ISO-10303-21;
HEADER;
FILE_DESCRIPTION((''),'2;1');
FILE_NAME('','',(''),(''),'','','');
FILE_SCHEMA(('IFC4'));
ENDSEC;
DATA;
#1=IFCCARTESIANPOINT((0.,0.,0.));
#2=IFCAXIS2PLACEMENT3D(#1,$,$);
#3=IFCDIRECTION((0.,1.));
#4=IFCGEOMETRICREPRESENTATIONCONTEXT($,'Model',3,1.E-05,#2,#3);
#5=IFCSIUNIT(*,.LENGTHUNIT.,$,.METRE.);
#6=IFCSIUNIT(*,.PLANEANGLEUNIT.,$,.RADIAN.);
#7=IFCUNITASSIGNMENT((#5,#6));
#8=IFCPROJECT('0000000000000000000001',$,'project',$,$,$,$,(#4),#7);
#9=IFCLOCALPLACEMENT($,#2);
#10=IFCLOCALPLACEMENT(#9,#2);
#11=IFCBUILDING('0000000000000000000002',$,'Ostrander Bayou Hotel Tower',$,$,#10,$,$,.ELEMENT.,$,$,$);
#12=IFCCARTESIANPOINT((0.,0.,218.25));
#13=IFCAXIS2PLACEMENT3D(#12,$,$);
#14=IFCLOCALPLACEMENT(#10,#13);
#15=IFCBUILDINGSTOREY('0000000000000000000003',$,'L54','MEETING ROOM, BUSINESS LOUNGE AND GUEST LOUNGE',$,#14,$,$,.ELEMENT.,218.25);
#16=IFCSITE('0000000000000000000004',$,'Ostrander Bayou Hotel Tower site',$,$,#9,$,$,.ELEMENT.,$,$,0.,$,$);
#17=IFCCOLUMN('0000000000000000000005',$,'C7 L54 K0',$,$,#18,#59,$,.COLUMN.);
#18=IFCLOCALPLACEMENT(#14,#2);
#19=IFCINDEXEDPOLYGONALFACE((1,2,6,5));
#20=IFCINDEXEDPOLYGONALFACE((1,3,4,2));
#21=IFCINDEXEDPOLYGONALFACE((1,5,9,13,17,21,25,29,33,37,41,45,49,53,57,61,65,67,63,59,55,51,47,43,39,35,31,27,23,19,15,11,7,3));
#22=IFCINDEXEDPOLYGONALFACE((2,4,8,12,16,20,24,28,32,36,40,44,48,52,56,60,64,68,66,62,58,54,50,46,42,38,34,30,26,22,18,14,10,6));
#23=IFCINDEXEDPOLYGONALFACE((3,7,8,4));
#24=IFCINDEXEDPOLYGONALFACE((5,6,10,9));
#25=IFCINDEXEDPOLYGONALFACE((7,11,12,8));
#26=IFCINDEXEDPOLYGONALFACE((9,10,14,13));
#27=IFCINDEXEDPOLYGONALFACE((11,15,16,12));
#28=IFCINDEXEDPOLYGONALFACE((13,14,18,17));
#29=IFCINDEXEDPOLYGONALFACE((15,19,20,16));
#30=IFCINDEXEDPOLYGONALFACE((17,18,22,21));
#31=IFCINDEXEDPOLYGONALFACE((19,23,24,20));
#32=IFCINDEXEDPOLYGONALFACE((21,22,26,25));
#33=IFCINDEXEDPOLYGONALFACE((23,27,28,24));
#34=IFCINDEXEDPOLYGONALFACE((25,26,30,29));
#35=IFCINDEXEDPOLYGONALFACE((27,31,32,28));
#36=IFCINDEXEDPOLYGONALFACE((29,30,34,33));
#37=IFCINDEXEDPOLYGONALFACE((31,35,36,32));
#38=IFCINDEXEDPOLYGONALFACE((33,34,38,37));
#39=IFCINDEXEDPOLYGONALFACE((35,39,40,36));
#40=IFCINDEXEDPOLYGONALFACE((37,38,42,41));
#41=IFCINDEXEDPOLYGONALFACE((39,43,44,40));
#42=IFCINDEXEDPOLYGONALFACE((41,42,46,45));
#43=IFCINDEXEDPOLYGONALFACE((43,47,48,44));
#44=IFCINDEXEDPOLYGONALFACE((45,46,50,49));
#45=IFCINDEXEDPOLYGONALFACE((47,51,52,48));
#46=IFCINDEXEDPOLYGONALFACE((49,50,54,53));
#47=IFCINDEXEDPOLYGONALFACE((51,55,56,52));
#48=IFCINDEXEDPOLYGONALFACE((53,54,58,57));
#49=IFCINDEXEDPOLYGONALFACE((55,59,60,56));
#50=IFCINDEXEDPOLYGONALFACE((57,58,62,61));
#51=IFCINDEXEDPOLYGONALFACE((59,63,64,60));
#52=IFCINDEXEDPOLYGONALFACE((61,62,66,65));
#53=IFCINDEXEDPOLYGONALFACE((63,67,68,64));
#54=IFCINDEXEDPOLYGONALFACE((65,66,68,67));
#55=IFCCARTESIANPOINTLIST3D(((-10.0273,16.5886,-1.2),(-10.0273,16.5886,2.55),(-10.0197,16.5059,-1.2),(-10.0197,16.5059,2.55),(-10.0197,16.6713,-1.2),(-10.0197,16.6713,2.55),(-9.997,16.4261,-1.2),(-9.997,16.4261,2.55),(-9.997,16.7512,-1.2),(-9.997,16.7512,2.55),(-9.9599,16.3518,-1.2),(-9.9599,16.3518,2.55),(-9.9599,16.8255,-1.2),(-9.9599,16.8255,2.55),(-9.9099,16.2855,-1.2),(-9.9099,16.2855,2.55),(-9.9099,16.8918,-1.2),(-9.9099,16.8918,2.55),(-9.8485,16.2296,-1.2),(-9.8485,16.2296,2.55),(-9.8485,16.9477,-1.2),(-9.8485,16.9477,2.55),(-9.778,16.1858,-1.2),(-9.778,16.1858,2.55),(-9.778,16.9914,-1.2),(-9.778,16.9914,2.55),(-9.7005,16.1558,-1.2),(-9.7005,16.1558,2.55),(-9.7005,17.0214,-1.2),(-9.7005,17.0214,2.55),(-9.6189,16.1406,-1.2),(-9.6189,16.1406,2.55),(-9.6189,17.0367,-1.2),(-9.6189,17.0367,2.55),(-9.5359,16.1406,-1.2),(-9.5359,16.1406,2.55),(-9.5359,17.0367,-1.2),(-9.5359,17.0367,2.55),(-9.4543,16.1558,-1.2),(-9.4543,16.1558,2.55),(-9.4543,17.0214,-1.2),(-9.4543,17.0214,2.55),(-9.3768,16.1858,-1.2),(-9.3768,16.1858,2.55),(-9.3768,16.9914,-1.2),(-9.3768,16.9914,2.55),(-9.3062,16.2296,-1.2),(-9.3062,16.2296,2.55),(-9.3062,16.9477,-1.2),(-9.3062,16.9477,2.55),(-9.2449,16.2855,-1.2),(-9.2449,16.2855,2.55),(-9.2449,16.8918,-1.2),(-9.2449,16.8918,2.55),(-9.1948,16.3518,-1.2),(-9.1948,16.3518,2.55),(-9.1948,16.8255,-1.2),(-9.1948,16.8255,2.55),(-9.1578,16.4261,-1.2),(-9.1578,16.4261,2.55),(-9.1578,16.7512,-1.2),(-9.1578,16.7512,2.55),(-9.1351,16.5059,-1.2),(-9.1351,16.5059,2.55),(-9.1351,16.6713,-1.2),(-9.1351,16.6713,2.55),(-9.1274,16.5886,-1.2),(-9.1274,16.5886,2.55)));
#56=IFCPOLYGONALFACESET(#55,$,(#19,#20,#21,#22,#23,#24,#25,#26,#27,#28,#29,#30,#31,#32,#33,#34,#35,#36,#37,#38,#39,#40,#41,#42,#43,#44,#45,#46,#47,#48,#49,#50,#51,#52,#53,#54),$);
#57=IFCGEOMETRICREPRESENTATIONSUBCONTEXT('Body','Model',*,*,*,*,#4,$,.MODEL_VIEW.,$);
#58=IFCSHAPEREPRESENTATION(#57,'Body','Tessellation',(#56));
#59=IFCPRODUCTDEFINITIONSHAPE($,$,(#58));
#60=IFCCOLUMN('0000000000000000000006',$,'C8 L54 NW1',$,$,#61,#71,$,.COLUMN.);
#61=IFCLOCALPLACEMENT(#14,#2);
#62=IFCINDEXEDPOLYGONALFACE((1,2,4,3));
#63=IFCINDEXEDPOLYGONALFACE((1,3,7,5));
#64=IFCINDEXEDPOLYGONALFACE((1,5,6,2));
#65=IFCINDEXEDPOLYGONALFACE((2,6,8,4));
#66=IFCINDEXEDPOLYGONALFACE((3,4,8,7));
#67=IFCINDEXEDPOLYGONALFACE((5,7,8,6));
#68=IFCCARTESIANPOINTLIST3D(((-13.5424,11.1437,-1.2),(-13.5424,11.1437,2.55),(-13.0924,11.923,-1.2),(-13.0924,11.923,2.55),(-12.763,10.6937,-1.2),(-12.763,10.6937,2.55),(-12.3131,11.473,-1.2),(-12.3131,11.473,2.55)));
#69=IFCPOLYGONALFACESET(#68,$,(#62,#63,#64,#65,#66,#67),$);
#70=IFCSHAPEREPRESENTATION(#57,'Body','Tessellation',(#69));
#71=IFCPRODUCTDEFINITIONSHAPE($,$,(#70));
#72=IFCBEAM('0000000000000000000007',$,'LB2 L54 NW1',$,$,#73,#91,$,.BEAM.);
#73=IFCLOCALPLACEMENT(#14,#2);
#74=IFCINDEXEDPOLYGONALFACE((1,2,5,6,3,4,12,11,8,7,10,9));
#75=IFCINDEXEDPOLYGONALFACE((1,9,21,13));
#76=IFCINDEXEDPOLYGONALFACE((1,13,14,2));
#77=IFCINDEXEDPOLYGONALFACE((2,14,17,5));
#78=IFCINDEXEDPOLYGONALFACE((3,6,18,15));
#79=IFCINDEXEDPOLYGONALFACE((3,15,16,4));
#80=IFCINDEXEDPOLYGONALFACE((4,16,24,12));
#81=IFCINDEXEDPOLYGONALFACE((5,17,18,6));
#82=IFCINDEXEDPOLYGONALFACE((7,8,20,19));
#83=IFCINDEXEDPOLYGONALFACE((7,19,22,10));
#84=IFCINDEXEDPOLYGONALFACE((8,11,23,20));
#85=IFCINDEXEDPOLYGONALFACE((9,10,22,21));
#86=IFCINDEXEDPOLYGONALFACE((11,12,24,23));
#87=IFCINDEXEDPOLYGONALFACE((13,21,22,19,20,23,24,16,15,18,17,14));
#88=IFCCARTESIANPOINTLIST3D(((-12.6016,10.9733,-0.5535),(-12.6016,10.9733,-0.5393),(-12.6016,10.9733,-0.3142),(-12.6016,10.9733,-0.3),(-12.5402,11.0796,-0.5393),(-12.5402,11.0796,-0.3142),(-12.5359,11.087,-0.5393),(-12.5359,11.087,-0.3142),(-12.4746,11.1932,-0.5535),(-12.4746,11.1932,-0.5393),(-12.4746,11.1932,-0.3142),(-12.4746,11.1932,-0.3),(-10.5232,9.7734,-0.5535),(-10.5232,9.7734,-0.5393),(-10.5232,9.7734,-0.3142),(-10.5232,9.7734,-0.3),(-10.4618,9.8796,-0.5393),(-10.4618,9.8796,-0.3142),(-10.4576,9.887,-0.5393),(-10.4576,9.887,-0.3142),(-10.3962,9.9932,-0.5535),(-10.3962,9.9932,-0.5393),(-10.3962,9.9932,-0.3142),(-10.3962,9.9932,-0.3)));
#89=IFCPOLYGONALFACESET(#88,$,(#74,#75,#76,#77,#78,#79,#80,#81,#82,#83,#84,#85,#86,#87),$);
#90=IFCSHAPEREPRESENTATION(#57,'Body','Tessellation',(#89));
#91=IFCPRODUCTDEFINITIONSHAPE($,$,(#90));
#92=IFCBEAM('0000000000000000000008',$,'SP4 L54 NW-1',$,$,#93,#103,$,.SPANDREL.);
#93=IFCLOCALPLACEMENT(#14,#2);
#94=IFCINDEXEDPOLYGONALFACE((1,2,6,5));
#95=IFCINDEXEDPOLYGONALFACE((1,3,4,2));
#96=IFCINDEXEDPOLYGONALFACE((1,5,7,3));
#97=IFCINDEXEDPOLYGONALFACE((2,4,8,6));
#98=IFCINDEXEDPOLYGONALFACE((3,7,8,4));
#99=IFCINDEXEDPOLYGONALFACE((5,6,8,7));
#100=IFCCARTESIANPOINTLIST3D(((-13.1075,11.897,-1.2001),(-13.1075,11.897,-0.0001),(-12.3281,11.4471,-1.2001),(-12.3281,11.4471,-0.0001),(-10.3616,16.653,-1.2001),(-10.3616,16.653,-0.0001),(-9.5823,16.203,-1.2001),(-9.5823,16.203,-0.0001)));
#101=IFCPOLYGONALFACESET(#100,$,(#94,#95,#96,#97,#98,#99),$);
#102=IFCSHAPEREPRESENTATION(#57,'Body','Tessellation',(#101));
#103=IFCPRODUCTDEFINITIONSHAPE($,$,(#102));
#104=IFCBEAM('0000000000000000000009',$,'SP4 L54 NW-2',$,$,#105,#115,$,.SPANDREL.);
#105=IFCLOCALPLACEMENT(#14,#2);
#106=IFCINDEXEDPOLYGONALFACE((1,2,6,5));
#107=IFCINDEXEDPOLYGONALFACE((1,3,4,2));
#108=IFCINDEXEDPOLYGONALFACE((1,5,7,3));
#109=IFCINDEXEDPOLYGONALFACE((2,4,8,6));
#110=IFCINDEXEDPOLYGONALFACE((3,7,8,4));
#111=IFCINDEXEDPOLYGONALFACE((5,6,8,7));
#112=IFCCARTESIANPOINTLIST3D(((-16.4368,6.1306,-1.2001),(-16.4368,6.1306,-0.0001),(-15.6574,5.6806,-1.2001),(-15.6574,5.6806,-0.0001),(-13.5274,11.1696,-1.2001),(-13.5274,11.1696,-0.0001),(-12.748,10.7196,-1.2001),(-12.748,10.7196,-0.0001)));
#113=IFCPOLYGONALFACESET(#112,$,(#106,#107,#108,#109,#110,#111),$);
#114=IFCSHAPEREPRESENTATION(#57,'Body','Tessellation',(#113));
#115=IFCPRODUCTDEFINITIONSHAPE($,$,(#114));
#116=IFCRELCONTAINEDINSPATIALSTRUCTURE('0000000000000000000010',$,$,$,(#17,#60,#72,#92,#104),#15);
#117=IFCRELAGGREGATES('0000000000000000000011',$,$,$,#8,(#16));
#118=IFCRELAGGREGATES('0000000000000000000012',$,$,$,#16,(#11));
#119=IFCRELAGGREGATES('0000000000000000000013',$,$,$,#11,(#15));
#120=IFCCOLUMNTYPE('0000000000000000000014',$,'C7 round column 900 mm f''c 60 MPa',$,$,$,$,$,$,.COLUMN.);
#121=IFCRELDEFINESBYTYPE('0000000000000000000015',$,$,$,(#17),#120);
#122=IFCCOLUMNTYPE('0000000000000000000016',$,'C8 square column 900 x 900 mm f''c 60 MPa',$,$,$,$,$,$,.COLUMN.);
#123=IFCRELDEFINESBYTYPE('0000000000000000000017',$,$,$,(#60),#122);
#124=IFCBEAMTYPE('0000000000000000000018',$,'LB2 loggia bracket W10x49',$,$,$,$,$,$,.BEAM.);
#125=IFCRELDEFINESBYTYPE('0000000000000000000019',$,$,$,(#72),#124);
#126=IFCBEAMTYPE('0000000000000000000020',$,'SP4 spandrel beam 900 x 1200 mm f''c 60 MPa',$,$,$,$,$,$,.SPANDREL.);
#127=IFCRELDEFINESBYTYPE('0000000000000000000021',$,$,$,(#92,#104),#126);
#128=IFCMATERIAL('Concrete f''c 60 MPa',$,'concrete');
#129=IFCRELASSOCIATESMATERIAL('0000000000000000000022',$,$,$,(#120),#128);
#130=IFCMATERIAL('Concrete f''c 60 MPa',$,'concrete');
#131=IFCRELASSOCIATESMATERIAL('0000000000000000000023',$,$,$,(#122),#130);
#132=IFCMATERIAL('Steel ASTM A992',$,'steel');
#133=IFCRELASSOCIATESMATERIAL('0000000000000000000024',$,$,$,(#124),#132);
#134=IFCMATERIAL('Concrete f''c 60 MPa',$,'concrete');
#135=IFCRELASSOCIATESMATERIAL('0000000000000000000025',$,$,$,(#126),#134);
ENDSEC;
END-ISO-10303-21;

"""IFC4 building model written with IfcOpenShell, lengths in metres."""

from ifc_helpers import new_model, si_unit, direction, frame, origin, origin_2d, place, context, subcontext, project, spatial, rectangle, circle, i_section, extrude, material, material_profile, profile_set, type_object, element, save


model = new_model("IFC4")

# Units and contexts
model_context = context("Model", 3, precision=1e-05, world=origin(), true_north=direction((0.0, 1.0)))
body_context = subcontext(model_context, "Body", "Model", "MODEL_VIEW")
ifc_project = project(units=[si_unit("LENGTHUNIT", "METRE"), si_unit("PLANEANGLEUNIT", "RADIAN")], contexts=[model_context])

# Site, building, storey
site_placement = place(None, origin())
site = spatial("IfcSite", under=ifc_project, at=site_placement, Name="Ostrander Bayou Hotel Tower site", CompositionType="ELEMENT", RefElevation=0.0)
building_placement = place(site_placement, origin())
building = spatial("IfcBuilding", under=site, at=building_placement, Name="Ostrander Bayou Hotel Tower", CompositionType="ELEMENT")
storey_placement = place(building_placement, frame((0.0, 0.0, 218.25)))
storey = spatial("IfcBuildingStorey", under=building, at=storey_placement, Name="L54", Description="MEETING ROOM, BUSINESS LOUNGE AND GUEST LOUNGE", CompositionType="ELEMENT", Elevation=218.25)

# Columns
ifc_material_1 = material(Name="Concrete f'c 60 MPa", Category="concrete")
ifc_material_profile_1 = material_profile(ifc_material_1, circle(Radius=0.45, at=origin_2d()))
ifc_profile_set_1 = profile_set([ifc_material_profile_1], Name="Concrete f'c 60 MPa")
column_type_1 = type_object("IfcColumnType", Name="C7 round column 900 mm f'c 60 MPa", PredefinedType="COLUMN", material=ifc_profile_set_1)
column_1_placement = place(storey_placement, frame((-9.5774, 16.5886, -1.2), z_axis=(0.0, 0.0, 1.0), x_axis=(1.0, 0.0, 0.0)))
element("IfcColumn", 1, at=column_1_placement, inside=storey, type_object=column_type_1, Name="C7 L54 K0", PredefinedType="COLUMN", context=body_context, shape_type="SweptSolid", body=[
    extrude(circle(Radius=0.45, at=origin_2d()), origin(), (0.0, 0.0, 1.0), 3.75),
])
ifc_material_2 = material(Name="Concrete f'c 60 MPa", Category="concrete")
ifc_material_profile_2 = material_profile(ifc_material_2, rectangle(XDim=0.8999, YDim=0.8999, at=origin_2d()))
ifc_profile_set_2 = profile_set([ifc_material_profile_2], Name="Concrete f'c 60 MPa")
column_type_2 = type_object("IfcColumnType", Name="C8 square column 900 x 900 mm f'c 60 MPa", PredefinedType="COLUMN", material=ifc_profile_set_2)
column_2_placement = place(storey_placement, frame((-12.9277, 11.3083, -1.2), z_axis=(0.0, 0.0, 1.0), x_axis=(0.5, 0.866025, 0.0)))
element("IfcColumn", 2, at=column_2_placement, inside=storey, type_object=column_type_2, Name="C8 L54 NW1", PredefinedType="COLUMN", context=body_context, shape_type="SweptSolid", body=[
    extrude(rectangle(XDim=0.8999, YDim=0.8999, at=origin_2d()), origin(), (0.0, 0.0, 1.0), 3.75),
])

# Beams
ifc_material_3 = material(Name="Steel ASTM A992", Category="steel")
ifc_material_profile_3 = material_profile(ifc_material_3, i_section(OverallWidth=0.2539, OverallDepth=0.2534, WebThickness=0.0085, FlangeThickness=0.0142, at=origin_2d()))
ifc_profile_set_3 = profile_set([ifc_material_profile_3], Name="Steel ASTM A992")
beam_type_1 = type_object("IfcBeamType", Name="LB2 loggia bracket W10x49", PredefinedType="BEAM", material=ifc_profile_set_3)
beam_1_placement = place(storey_placement, frame((-12.5381, 11.0833, -0.4268), z_axis=(0.866025, -0.500001, 0.0), x_axis=(0.500001, 0.866025, 0.0)))
element("IfcBeam", 3, at=beam_1_placement, inside=storey, type_object=beam_type_1, Name="LB2 L54 NW1", PredefinedType="BEAM", context=body_context, shape_type="SweptSolid", body=[
    extrude(i_section(OverallWidth=0.2539, OverallDepth=0.2534, WebThickness=0.0085, FlangeThickness=0.0142, at=origin_2d()), origin(), (0.0, 0.0, 1.0), 2.3999),
])
ifc_material_4 = material(Name="Concrete f'c 60 MPa", Category="concrete")
ifc_material_profile_4 = material_profile(ifc_material_4, rectangle(XDim=0.8999, YDim=1.2, at=origin_2d()))
ifc_profile_set_4 = profile_set([ifc_material_profile_4], Name="Concrete f'c 60 MPa")
beam_type_2 = type_object("IfcBeamType", Name="SP4 spandrel beam 900 x 1200 mm f'c 60 MPa", PredefinedType="SPANDREL", material=ifc_profile_set_4)
beam_2_placement = place(storey_placement, frame((-9.9719, 16.428, -0.6001), z_axis=(-0.500007, -0.866021, 0.0), x_axis=(0.866021, -0.500007, 0.0)))
element("IfcBeam", 4, at=beam_2_placement, inside=storey, type_object=beam_type_2, Name="SP4 L54 NW-1", PredefinedType="SPANDREL", context=body_context, shape_type="SweptSolid", body=[
    extrude(rectangle(XDim=0.8999, YDim=1.2, at=origin_2d()), origin(), (0.0, 0.0, 1.0), 5.4917),
])
beam_3_placement = place(storey_placement, frame((-13.1377, 10.9446, -0.6001), z_axis=(-0.500015, -0.866016, 0.0), x_axis=(0.866016, -0.500015, 0.0)))
element("IfcBeam", 5, at=beam_3_placement, inside=storey, type_object=beam_type_2, Name="SP4 L54 NW-2", PredefinedType="SPANDREL", context=body_context, shape_type="SweptSolid", body=[
    extrude(rectangle(XDim=0.8999, YDim=1.2, at=origin_2d()), origin(), (0.0, 0.0, 1.0), 5.8186),
])

save(model, "model.ifc")
